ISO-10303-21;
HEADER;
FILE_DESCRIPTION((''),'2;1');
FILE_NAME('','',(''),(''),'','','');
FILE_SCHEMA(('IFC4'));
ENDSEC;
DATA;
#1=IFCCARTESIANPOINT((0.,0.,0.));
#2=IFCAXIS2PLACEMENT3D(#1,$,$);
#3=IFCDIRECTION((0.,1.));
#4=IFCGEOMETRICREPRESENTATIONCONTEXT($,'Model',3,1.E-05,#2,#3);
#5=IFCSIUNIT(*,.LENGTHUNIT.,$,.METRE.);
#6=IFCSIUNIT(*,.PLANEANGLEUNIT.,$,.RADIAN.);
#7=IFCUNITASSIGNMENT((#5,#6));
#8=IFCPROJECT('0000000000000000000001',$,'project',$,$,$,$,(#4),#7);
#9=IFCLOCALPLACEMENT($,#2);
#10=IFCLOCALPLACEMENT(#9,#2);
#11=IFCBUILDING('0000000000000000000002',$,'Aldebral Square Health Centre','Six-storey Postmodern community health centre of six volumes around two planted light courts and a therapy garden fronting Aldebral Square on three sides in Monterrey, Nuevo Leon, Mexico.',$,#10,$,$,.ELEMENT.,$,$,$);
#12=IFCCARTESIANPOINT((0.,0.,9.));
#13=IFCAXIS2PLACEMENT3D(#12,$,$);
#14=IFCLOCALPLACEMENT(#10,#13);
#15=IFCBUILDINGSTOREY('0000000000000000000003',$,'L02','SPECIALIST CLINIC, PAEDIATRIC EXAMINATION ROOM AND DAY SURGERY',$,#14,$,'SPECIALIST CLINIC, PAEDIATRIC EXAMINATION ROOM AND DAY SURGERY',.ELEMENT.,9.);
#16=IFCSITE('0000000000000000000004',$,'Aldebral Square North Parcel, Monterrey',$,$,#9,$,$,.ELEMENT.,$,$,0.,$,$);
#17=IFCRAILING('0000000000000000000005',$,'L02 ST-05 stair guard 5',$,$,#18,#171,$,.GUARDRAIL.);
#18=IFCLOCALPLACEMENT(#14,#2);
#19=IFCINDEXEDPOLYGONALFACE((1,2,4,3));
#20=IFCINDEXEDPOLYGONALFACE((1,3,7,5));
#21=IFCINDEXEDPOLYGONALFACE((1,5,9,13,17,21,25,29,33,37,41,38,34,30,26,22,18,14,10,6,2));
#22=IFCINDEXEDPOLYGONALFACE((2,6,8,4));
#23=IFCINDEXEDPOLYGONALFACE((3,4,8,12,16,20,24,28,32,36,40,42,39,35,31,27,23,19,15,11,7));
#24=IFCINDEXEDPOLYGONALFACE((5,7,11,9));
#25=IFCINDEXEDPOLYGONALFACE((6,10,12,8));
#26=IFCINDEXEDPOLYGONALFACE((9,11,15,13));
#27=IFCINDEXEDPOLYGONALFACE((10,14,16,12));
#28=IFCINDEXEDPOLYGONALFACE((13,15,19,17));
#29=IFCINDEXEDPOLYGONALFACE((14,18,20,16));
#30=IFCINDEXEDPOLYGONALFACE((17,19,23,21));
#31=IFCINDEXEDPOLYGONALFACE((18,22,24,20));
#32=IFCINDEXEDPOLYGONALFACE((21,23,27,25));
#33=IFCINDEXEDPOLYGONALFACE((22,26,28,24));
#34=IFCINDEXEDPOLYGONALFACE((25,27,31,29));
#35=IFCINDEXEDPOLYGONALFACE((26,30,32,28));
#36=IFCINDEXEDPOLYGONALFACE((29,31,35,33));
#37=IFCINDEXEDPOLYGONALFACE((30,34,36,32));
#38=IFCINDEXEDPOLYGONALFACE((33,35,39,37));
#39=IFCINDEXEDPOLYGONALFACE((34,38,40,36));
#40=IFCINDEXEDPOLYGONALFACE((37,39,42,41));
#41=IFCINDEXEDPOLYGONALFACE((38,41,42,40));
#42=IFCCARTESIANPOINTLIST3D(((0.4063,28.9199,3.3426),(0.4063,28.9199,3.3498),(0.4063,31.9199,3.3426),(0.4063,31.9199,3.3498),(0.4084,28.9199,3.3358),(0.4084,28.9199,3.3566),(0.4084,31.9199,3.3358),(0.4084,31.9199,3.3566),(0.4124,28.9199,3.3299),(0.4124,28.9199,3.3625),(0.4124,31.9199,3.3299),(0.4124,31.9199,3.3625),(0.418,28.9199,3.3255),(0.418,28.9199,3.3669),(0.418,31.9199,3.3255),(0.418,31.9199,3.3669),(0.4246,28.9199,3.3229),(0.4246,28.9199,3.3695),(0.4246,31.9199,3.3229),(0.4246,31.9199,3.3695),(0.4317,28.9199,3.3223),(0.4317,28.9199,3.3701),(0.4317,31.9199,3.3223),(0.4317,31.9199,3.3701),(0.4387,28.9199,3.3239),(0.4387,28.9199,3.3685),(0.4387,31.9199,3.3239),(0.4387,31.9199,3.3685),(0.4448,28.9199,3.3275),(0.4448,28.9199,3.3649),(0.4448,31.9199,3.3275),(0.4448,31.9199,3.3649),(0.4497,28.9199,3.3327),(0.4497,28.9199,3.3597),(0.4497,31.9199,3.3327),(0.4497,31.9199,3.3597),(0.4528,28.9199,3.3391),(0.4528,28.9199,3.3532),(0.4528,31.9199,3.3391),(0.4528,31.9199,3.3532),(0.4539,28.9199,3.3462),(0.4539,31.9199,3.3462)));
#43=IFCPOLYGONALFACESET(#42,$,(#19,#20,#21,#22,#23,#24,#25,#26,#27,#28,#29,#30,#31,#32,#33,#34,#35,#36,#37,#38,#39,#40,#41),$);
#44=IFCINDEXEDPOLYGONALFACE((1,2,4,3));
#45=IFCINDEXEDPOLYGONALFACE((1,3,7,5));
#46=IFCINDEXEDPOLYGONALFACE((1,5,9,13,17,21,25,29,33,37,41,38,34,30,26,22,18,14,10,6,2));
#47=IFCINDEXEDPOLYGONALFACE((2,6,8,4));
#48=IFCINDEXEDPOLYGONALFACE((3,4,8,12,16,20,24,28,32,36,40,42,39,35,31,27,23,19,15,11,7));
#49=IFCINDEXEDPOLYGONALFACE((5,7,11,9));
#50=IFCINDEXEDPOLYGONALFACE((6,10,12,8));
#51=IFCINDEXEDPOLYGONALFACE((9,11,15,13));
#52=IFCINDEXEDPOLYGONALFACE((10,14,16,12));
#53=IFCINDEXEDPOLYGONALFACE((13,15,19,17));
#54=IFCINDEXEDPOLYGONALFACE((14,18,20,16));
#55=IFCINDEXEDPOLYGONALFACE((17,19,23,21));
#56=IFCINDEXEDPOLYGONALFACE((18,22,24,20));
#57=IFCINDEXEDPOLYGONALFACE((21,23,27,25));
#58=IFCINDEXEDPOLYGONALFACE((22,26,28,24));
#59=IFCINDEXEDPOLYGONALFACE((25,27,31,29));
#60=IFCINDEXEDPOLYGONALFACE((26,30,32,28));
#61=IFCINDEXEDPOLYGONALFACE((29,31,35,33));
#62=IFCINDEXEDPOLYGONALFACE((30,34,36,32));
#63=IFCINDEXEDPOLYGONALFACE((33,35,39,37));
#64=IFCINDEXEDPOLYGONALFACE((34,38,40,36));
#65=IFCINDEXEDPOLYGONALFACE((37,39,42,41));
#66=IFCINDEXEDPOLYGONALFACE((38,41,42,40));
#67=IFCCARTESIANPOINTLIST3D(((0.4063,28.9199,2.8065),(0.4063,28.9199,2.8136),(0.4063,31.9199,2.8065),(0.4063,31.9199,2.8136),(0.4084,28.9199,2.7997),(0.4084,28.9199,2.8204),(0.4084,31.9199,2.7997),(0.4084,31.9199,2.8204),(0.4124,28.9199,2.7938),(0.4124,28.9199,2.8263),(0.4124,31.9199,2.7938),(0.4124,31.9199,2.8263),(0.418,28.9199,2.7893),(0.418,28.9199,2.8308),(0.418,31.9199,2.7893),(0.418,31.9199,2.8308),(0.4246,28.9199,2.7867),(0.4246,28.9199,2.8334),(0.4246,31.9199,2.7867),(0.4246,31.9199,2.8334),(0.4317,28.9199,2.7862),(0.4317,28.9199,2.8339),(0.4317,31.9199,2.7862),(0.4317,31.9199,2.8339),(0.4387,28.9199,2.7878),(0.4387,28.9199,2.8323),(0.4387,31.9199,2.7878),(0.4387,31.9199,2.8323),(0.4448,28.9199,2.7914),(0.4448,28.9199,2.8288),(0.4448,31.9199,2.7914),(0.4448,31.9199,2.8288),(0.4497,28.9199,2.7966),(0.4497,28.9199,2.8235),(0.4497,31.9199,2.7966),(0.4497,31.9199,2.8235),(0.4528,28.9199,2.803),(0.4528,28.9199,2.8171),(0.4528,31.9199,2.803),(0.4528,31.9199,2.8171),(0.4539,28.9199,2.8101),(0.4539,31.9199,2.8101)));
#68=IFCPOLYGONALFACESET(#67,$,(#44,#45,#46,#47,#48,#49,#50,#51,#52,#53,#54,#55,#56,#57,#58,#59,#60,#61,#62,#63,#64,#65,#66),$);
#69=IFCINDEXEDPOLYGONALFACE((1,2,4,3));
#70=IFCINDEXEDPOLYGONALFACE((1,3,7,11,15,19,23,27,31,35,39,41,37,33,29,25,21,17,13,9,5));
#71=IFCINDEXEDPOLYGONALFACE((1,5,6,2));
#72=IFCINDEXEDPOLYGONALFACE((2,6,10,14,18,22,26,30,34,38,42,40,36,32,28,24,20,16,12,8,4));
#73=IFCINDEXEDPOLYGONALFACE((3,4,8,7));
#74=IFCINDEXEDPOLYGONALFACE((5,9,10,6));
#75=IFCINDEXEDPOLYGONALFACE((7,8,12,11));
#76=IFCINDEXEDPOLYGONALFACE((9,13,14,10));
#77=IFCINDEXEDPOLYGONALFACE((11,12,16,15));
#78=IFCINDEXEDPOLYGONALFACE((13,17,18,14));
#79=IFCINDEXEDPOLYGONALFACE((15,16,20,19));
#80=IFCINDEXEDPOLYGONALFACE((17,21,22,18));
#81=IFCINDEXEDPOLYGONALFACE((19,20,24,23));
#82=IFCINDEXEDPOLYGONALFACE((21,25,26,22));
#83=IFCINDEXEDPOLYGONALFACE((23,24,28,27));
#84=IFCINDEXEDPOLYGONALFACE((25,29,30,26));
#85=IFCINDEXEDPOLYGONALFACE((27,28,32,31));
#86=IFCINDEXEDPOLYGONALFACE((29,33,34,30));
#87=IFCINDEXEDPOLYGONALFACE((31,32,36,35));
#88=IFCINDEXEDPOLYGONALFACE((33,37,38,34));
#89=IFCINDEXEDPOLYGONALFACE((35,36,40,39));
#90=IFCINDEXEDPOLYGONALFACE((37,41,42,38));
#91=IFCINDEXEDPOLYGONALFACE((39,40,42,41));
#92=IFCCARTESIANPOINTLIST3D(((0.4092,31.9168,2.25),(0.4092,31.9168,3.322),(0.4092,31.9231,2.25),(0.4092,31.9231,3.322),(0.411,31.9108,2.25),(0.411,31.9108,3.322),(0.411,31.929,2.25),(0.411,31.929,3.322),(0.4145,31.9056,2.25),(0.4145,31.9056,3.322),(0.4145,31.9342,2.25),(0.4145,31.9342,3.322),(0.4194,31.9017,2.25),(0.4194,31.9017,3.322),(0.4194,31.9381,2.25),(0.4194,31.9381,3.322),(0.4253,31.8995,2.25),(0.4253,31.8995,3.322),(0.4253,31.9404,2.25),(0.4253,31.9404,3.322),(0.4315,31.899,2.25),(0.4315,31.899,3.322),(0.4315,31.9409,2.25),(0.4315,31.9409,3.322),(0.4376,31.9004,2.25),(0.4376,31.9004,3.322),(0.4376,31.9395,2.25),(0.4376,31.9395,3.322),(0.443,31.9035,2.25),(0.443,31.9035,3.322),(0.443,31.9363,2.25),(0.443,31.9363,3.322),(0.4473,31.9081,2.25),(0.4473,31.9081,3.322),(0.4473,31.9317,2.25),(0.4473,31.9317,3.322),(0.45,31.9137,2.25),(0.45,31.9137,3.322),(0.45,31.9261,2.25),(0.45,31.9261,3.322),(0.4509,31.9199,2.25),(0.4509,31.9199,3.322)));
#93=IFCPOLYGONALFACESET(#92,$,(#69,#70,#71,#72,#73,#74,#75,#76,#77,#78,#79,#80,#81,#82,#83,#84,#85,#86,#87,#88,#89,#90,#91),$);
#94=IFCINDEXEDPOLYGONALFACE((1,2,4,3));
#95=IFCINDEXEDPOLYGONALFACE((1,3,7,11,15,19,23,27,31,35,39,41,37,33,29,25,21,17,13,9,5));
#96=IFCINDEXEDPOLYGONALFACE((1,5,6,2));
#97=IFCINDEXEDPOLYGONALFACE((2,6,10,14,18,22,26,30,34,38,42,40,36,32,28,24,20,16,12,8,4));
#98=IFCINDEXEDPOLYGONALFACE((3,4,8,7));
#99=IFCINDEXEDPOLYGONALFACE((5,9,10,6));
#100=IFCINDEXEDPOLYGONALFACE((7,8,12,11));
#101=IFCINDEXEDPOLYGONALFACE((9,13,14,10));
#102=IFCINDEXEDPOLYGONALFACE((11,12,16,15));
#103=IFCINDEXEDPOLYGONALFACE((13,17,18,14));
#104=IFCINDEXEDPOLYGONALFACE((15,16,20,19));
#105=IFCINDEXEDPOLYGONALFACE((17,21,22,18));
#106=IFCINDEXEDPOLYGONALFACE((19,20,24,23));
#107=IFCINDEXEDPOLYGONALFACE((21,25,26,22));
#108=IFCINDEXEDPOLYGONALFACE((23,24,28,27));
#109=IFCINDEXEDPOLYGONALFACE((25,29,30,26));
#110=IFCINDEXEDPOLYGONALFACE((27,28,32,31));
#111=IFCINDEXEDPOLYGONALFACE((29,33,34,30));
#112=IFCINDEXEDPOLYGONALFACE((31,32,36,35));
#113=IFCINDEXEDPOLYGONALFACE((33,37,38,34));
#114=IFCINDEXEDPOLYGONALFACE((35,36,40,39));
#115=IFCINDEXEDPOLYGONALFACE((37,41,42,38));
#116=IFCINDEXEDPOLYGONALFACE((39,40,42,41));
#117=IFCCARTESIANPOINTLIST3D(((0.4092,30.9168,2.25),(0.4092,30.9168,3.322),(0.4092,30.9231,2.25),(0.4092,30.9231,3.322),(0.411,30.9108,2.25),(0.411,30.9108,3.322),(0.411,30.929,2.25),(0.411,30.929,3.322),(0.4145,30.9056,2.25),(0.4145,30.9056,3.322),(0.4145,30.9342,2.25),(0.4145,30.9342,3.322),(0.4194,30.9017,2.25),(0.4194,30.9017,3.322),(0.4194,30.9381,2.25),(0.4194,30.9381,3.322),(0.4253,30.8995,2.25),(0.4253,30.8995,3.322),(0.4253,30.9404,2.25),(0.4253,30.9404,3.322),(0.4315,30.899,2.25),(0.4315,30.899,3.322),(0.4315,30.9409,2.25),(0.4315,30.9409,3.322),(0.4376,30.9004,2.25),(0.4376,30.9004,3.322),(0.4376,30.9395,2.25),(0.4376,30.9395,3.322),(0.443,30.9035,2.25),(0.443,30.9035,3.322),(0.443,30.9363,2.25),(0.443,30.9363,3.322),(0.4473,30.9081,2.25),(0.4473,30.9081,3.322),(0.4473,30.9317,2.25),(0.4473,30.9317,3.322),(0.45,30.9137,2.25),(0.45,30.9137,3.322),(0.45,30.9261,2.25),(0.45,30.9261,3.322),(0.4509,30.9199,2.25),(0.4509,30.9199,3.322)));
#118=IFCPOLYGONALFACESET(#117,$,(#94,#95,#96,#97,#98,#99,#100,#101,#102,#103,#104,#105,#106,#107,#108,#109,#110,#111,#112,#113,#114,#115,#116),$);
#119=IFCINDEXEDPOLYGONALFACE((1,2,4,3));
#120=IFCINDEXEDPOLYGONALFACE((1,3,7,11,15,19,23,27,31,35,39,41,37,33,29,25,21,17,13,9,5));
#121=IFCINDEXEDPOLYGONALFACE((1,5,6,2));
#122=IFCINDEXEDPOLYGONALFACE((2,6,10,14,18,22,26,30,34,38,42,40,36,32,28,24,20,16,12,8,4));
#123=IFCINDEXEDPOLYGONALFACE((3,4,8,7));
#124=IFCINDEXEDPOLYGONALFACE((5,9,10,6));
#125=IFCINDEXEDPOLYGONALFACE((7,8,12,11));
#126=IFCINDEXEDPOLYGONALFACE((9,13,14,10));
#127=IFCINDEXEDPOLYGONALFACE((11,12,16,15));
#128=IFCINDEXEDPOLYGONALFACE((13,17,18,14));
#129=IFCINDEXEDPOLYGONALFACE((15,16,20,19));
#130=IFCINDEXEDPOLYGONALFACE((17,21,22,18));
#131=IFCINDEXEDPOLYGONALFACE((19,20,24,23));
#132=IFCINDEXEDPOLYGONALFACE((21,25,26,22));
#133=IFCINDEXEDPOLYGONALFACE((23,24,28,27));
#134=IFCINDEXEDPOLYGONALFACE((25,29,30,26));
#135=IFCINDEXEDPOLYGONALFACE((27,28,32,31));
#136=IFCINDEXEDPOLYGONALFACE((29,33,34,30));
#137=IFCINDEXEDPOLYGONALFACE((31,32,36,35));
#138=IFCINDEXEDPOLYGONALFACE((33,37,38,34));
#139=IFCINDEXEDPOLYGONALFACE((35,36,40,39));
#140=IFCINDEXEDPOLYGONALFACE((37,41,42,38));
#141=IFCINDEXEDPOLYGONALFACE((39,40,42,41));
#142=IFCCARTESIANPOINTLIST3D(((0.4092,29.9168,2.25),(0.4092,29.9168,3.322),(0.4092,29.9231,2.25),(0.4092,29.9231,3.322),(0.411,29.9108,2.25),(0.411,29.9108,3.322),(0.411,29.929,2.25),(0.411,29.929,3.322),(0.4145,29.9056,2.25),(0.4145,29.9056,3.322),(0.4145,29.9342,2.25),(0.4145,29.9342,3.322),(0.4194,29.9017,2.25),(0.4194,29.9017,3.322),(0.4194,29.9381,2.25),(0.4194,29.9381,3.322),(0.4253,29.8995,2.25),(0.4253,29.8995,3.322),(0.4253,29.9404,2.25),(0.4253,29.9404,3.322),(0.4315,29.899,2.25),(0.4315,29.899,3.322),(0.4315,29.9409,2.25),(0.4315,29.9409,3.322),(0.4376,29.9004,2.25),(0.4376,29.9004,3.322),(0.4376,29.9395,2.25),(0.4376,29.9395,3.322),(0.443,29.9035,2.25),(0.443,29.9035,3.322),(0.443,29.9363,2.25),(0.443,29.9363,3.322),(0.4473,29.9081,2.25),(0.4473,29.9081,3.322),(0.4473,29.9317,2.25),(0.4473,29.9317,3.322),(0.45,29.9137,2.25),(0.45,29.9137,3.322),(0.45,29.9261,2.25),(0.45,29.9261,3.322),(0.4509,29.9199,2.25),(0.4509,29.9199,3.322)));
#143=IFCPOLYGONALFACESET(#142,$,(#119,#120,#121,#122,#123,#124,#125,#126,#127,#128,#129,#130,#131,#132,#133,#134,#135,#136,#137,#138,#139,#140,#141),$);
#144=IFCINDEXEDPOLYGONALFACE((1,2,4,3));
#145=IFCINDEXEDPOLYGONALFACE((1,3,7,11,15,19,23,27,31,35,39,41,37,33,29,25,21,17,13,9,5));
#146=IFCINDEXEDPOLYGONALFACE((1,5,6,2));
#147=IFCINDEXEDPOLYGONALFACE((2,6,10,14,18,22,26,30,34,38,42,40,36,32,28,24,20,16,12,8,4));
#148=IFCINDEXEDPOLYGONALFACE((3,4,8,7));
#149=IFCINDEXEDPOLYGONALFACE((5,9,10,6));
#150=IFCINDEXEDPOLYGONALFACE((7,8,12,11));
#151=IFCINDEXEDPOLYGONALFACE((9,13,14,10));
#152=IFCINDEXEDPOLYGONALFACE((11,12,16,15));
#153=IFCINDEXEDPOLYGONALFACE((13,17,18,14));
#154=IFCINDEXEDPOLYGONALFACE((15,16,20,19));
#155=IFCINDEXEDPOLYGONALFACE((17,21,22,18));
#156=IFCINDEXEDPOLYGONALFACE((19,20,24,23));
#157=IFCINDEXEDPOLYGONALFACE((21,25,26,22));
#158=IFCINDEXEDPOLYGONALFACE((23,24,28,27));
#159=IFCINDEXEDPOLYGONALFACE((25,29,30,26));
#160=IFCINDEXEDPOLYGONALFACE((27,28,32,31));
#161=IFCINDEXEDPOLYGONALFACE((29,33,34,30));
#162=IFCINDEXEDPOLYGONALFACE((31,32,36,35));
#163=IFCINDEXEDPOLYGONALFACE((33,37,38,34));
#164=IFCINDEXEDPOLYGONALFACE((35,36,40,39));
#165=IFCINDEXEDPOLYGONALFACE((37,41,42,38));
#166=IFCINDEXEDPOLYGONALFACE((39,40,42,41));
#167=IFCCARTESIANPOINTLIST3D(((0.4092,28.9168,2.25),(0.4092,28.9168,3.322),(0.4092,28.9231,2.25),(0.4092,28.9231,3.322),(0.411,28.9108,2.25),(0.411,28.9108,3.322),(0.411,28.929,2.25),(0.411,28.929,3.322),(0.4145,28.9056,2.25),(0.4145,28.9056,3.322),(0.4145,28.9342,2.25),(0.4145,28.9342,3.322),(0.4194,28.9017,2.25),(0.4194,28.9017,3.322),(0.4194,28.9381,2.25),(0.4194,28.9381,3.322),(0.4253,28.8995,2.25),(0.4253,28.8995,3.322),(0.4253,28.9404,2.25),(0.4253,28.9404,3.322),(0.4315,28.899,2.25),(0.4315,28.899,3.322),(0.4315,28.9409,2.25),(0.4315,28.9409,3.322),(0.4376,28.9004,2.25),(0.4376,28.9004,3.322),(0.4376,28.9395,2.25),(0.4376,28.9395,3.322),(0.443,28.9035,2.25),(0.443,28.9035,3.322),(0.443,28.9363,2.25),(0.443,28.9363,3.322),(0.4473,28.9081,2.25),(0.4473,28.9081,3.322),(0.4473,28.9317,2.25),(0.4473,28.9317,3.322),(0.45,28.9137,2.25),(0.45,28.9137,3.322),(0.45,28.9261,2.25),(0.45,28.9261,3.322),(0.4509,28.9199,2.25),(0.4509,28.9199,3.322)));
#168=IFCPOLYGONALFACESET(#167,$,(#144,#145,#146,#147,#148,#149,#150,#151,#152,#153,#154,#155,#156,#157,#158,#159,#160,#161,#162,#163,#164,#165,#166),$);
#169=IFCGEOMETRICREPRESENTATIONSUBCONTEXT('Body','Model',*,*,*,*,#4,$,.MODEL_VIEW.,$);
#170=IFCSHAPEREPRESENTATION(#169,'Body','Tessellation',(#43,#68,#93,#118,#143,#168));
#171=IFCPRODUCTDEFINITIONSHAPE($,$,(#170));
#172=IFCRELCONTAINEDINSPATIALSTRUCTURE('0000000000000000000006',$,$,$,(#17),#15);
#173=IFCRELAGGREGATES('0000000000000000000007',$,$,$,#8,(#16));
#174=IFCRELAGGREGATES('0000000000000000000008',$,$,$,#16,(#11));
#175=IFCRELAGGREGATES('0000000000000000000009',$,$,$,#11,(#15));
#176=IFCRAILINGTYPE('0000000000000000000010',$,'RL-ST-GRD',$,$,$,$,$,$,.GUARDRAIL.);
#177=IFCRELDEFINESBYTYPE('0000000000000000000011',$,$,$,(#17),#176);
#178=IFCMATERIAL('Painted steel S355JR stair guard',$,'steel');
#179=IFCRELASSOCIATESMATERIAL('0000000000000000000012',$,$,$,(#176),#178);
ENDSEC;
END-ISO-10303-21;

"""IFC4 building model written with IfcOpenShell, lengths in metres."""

from ifc_helpers import new_model, si_unit, direction, frame, origin, origin_2d, place, context, subcontext, project, spatial, circle, extrude, material, type_object, element, save


model = new_model("IFC4")

# Units and contexts
model_context = context("Model", 3, precision=1e-05, world=origin(), true_north=direction((0.0, 1.0)))
body_context = subcontext(model_context, "Body", "Model", "MODEL_VIEW")
ifc_project = project(units=[si_unit("LENGTHUNIT", "METRE"), si_unit("PLANEANGLEUNIT", "RADIAN")], contexts=[model_context])

# Site, building, storey
site_placement = place(None, origin())
site = spatial("IfcSite", under=ifc_project, at=site_placement, Name="Aldebral Square North Parcel, Monterrey", CompositionType="ELEMENT", RefElevation=0.0)
building_placement = place(site_placement, origin())
building = spatial("IfcBuilding", under=site, at=building_placement, Name="Aldebral Square Health Centre", Description="Six-storey Postmodern community health centre of six volumes around two planted light courts and a therapy garden fronting Aldebral Square on three sides in Monterrey, Nuevo Leon, Mexico.", CompositionType="ELEMENT")
storey_placement = place(building_placement, frame((0.0, 0.0, 9.0)))
storey = spatial("IfcBuildingStorey", under=building, at=storey_placement, Name="L02", Description="SPECIALIST CLINIC, PAEDIATRIC EXAMINATION ROOM AND DAY SURGERY", LongName="SPECIALIST CLINIC, PAEDIATRIC EXAMINATION ROOM AND DAY SURGERY", CompositionType="ELEMENT", Elevation=9.0)

# Railing
ifc_material_1 = material(Name="Painted steel S355JR stair guard", Category="steel")
railing_type = type_object("IfcRailingType", Name="RL-ST-GRD", PredefinedType="GUARDRAIL", material=ifc_material_1)
railing_1_placement = place(storey_placement, frame((0.4299, 31.9199, 2.25)))
element("IfcRailing", 1, at=railing_1_placement, inside=storey, type_object=railing_type, Name="L02 ST-05 stair guard 5", PredefinedType="GUARDRAIL", context=body_context, shape_type="SweptSolid", body=[
    extrude(circle(Radius=0.0239, at=origin_2d()), frame((0.0, 0.0, 1.0962), z_axis=(0.0, -1.0, 0.0), x_axis=(1.0, 0.0, 0.0)), (0.0, 0.0, 1.0), 3.0),
    extrude(circle(Radius=0.0239, at=origin_2d()), frame((0.0, 0.0, 0.5601), z_axis=(0.0, -1.0, 0.0), x_axis=(1.0, 0.0, 0.0)), (0.0, 0.0, 1.0), 3.0),
    extrude(circle(Radius=0.021, at=origin_2d()), origin(), (0.0, 0.0, 1.0), 1.072),
    extrude(circle(Radius=0.021, at=origin_2d()), frame((0.0, -1.0, 0.0)), (0.0, 0.0, 1.0), 1.072),
    extrude(circle(Radius=0.021, at=origin_2d()), frame((0.0, -2.0, 0.0)), (0.0, 0.0, 1.0), 1.072),
    extrude(circle(Radius=0.021, at=origin_2d()), frame((0.0, -3.0, 0.0)), (0.0, 0.0, 1.0), 1.072),
])

save(model, "model.ifc")
